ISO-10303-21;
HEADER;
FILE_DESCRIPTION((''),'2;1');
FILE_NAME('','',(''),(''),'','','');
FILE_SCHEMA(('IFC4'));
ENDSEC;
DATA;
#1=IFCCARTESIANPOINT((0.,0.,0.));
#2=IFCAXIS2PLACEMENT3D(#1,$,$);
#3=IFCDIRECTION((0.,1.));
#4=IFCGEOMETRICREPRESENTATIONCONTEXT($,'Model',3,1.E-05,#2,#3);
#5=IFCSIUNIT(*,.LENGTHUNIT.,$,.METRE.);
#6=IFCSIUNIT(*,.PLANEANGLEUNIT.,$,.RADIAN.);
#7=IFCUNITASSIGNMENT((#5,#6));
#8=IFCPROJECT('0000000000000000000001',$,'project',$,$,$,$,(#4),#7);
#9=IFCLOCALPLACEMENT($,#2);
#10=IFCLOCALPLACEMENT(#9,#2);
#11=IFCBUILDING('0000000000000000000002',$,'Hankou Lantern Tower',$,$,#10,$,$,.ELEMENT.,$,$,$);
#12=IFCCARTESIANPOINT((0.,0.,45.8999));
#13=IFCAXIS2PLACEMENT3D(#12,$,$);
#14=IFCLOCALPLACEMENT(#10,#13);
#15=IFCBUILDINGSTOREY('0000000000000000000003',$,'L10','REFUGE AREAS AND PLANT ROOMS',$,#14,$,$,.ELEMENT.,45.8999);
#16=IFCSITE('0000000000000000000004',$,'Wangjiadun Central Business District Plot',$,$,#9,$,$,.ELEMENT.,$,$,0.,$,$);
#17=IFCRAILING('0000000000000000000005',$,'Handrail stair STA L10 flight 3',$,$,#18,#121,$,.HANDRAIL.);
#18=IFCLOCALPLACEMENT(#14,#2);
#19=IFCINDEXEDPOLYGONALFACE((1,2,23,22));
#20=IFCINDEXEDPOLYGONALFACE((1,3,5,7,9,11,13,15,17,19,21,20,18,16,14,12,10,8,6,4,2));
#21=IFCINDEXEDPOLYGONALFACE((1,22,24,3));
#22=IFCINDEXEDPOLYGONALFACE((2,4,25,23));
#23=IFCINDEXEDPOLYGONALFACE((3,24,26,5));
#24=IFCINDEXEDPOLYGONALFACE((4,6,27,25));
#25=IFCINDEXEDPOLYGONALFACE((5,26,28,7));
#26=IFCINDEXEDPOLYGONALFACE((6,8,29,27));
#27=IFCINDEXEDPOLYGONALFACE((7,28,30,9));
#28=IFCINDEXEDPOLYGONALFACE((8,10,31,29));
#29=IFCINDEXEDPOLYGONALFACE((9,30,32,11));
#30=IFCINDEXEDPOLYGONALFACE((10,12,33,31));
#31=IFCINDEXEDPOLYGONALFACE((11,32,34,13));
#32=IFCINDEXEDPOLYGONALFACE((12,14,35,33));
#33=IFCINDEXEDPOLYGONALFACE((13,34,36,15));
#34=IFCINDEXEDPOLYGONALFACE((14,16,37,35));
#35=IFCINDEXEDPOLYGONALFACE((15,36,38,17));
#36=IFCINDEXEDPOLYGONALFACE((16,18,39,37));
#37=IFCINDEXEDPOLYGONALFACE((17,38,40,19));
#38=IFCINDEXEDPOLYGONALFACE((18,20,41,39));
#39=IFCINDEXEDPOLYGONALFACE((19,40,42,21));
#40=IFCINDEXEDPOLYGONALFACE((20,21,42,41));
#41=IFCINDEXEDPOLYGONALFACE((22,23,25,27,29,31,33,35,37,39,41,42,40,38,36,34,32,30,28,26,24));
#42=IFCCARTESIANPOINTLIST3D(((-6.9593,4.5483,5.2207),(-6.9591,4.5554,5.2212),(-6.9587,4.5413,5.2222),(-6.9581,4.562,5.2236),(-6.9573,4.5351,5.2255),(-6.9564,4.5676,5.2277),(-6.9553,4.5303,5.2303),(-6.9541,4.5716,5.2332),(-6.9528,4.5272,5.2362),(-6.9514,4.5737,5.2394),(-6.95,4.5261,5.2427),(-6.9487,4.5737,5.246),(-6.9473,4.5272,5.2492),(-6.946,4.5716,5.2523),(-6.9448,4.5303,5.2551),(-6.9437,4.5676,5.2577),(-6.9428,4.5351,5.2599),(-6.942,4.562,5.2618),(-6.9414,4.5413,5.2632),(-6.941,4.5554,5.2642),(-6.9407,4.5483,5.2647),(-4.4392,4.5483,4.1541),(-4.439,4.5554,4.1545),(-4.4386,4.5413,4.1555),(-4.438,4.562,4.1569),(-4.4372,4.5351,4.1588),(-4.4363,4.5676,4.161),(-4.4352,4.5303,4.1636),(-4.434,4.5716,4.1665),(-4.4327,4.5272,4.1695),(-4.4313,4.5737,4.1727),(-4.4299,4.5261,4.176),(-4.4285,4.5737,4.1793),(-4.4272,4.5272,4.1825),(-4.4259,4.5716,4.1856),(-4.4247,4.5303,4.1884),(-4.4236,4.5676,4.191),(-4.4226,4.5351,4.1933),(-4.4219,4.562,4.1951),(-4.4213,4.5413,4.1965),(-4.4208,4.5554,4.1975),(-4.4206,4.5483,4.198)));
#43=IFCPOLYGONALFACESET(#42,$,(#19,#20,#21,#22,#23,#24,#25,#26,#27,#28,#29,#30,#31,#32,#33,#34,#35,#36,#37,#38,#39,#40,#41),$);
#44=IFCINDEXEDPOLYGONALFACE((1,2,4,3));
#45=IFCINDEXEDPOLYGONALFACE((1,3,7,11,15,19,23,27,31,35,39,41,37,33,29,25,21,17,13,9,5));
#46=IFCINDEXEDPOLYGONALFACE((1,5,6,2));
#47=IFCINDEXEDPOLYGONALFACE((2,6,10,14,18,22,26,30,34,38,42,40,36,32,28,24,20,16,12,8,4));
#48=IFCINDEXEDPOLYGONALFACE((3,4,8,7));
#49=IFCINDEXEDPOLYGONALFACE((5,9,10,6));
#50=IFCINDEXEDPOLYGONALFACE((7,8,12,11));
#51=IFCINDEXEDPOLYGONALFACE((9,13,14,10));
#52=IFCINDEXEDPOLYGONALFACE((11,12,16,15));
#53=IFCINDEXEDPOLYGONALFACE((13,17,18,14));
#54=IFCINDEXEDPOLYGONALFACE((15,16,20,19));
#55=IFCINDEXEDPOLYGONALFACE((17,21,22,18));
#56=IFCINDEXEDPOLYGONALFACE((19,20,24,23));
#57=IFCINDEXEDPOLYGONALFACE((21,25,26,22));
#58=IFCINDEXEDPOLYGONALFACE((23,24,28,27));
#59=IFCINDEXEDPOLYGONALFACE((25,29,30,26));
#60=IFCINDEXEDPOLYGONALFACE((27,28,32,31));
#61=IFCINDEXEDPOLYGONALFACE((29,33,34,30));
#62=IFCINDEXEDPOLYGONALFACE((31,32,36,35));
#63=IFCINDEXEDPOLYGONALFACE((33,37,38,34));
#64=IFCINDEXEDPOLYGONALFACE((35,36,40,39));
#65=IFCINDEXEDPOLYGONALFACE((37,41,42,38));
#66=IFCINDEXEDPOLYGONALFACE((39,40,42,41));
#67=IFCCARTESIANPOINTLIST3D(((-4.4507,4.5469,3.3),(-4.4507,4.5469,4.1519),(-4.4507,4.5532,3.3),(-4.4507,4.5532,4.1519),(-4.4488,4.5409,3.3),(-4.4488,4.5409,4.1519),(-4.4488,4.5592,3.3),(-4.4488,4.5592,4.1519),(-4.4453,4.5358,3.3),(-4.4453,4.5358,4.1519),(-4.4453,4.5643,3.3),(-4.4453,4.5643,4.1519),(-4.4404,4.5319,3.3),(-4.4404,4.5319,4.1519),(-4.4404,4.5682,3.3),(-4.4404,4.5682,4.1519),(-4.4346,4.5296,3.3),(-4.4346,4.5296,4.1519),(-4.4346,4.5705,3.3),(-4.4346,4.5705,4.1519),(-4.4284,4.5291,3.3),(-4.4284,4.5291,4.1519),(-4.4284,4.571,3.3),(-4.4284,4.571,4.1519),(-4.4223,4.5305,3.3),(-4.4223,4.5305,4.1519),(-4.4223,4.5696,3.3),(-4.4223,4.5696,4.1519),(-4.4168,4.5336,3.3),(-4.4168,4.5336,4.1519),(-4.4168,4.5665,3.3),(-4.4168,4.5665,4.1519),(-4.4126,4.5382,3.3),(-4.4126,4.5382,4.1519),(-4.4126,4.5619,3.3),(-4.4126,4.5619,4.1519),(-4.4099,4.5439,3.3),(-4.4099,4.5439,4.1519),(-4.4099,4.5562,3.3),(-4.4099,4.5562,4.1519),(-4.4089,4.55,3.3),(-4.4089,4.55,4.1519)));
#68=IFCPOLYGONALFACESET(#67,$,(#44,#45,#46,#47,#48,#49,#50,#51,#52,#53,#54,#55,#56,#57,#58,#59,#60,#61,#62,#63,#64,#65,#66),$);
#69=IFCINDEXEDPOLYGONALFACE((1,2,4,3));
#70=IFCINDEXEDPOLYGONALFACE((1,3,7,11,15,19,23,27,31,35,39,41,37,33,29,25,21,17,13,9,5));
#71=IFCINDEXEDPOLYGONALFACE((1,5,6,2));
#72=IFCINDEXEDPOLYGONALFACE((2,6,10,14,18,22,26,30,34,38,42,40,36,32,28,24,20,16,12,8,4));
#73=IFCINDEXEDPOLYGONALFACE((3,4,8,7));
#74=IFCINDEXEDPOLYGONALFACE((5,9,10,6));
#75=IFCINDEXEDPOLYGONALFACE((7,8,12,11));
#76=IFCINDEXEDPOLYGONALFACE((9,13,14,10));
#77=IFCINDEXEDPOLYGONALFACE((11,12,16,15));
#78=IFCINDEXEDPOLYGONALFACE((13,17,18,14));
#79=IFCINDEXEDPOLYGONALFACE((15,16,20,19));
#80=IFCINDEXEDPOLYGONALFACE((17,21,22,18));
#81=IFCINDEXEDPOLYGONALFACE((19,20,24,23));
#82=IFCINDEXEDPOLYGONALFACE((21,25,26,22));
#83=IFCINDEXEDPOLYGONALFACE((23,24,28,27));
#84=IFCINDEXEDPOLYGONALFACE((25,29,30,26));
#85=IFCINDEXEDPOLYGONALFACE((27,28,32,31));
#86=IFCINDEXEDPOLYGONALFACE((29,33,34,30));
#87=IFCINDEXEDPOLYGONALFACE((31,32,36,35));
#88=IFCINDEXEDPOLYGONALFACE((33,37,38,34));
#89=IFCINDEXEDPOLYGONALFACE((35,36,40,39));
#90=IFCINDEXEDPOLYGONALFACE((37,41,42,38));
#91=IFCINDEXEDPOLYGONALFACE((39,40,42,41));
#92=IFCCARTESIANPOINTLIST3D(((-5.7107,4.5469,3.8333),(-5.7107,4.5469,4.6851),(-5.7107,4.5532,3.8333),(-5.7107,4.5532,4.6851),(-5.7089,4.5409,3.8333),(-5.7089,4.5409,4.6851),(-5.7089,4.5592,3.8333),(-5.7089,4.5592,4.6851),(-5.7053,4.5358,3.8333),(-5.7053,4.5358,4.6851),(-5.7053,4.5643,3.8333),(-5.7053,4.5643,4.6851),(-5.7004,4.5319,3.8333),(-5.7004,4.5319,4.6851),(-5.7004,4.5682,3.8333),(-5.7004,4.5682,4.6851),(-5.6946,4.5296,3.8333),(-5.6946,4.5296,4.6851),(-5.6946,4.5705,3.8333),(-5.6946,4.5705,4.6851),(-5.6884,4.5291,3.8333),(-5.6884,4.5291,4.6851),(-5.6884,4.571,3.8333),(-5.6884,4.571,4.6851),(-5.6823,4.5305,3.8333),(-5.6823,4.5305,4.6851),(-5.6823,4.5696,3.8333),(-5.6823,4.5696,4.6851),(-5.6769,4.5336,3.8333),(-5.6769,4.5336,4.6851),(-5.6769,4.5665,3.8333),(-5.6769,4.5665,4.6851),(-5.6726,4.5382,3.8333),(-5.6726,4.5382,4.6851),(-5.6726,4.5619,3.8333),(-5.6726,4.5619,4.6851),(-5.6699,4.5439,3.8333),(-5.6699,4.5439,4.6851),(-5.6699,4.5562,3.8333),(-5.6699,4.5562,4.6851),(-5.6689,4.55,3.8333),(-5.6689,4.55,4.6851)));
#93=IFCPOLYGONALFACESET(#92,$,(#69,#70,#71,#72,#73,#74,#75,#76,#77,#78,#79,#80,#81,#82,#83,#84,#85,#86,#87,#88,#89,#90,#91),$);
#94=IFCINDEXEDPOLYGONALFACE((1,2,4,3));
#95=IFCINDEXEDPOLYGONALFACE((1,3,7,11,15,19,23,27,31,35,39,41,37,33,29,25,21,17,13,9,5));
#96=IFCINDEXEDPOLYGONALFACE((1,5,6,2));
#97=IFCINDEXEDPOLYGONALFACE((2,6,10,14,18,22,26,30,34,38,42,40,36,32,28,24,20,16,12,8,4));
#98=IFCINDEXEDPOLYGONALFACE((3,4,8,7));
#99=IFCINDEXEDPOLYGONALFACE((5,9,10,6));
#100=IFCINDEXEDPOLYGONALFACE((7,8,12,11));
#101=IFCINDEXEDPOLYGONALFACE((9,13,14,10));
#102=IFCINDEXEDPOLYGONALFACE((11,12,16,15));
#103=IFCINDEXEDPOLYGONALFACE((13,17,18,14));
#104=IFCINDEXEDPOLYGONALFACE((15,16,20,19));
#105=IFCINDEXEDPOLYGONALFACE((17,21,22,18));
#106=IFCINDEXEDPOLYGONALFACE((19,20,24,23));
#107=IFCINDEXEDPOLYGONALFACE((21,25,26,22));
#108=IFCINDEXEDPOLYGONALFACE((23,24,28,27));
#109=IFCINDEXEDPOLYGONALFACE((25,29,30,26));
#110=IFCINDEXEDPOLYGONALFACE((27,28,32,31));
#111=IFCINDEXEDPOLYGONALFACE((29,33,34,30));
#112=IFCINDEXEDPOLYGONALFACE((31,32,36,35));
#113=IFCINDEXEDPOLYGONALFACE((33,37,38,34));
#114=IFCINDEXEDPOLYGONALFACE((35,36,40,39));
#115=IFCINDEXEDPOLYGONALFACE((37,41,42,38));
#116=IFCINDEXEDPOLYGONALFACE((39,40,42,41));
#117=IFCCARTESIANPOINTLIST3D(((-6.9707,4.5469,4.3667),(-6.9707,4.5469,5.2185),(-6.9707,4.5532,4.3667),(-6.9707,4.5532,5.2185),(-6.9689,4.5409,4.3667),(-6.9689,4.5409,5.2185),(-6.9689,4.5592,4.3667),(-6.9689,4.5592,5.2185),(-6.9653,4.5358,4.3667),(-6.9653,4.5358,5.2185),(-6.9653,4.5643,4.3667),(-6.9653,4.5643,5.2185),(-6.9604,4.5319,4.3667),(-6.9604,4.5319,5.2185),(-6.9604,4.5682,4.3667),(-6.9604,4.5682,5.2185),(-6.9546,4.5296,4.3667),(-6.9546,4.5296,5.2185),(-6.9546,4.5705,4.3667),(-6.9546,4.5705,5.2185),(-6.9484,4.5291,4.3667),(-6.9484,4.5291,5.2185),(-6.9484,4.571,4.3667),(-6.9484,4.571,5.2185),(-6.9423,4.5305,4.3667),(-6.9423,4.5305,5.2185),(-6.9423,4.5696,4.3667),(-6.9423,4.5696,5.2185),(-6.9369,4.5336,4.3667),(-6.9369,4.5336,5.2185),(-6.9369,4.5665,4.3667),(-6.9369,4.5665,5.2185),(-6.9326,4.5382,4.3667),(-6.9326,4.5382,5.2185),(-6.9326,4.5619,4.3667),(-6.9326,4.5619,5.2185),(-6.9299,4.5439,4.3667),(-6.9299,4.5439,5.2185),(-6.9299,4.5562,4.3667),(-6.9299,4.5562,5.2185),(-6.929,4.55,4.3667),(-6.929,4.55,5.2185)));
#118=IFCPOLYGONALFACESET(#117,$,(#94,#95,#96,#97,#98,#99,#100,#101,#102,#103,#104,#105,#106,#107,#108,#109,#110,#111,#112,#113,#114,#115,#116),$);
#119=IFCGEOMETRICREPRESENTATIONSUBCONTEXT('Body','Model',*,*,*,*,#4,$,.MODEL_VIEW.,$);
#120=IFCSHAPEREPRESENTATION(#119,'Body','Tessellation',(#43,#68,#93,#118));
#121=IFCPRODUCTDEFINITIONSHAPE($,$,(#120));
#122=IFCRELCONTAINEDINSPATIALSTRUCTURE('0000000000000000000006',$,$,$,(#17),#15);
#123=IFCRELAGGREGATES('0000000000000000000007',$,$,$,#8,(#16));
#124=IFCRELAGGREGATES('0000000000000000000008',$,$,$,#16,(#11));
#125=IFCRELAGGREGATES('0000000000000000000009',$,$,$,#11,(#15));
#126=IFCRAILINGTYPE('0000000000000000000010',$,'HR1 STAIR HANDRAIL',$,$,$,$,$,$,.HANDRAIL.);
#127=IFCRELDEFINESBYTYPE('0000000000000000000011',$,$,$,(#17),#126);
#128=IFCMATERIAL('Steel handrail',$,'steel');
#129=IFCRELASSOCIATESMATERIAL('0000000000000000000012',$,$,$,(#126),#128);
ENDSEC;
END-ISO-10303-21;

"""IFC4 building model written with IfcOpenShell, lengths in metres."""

from ifc_helpers import new_model, si_unit, direction, frame, origin, origin_2d, place, context, subcontext, project, spatial, circle, extrude, material, type_object, element, save


model = new_model("IFC4")

# Units and contexts
model_context = context("Model", 3, precision=1e-05, world=origin(), true_north=direction((0.0, 1.0)))
body_context = subcontext(model_context, "Body", "Model", "MODEL_VIEW")
ifc_project = project(units=[si_unit("LENGTHUNIT", "METRE"), si_unit("PLANEANGLEUNIT", "RADIAN")], contexts=[model_context])

# Site, building, storey
site_placement = place(None, origin())
site = spatial("IfcSite", under=ifc_project, at=site_placement, Name="Wangjiadun Central Business District Plot", CompositionType="ELEMENT", RefElevation=0.0)
building_placement = place(site_placement, origin())
building = spatial("IfcBuilding", under=site, at=building_placement, Name="Hankou Lantern Tower", CompositionType="ELEMENT")
storey_placement = place(building_placement, frame((0.0, 0.0, 45.8999)))
storey = spatial("IfcBuildingStorey", under=building, at=storey_placement, Name="L10", Description="REFUGE AREAS AND PLANT ROOMS", CompositionType="ELEMENT", Elevation=45.8999)

# Railing
ifc_material_1 = material(Name="Steel handrail", Category="steel")
railing_type = type_object("IfcRailingType", Name="HR1 STAIR HANDRAIL", PredefinedType="HANDRAIL", material=ifc_material_1)
railing_1_placement = place(storey_placement, frame((-4.4299, 4.55, 3.3)))
element("IfcRailing", 1, at=railing_1_placement, inside=storey, type_object=railing_type, Name="Handrail stair STA L10 flight 3", PredefinedType="HANDRAIL", context=body_context, shape_type="SweptSolid", body=[
    extrude(circle(Radius=0.0239, at=origin_2d()), frame((0.0, 0.0, 0.876), z_axis=(-0.920903, 0.0, 0.389791), x_axis=(0.0, -1.0, 0.0)), (0.0, 0.0, 1.0), 2.7366),
    extrude(circle(Radius=0.021, at=origin_2d()), origin(), (0.0, 0.0, 1.0), 0.8518),
    extrude(circle(Radius=0.021, at=origin_2d()), frame((-1.26, 0.0, 0.5332)), (0.0, 0.0, 1.0), 0.8518),
    extrude(circle(Radius=0.021, at=origin_2d()), frame((-2.52, 0.0, 1.0667)), (0.0, 0.0, 1.0), 0.8518),
])

save(model, "model.ifc")
